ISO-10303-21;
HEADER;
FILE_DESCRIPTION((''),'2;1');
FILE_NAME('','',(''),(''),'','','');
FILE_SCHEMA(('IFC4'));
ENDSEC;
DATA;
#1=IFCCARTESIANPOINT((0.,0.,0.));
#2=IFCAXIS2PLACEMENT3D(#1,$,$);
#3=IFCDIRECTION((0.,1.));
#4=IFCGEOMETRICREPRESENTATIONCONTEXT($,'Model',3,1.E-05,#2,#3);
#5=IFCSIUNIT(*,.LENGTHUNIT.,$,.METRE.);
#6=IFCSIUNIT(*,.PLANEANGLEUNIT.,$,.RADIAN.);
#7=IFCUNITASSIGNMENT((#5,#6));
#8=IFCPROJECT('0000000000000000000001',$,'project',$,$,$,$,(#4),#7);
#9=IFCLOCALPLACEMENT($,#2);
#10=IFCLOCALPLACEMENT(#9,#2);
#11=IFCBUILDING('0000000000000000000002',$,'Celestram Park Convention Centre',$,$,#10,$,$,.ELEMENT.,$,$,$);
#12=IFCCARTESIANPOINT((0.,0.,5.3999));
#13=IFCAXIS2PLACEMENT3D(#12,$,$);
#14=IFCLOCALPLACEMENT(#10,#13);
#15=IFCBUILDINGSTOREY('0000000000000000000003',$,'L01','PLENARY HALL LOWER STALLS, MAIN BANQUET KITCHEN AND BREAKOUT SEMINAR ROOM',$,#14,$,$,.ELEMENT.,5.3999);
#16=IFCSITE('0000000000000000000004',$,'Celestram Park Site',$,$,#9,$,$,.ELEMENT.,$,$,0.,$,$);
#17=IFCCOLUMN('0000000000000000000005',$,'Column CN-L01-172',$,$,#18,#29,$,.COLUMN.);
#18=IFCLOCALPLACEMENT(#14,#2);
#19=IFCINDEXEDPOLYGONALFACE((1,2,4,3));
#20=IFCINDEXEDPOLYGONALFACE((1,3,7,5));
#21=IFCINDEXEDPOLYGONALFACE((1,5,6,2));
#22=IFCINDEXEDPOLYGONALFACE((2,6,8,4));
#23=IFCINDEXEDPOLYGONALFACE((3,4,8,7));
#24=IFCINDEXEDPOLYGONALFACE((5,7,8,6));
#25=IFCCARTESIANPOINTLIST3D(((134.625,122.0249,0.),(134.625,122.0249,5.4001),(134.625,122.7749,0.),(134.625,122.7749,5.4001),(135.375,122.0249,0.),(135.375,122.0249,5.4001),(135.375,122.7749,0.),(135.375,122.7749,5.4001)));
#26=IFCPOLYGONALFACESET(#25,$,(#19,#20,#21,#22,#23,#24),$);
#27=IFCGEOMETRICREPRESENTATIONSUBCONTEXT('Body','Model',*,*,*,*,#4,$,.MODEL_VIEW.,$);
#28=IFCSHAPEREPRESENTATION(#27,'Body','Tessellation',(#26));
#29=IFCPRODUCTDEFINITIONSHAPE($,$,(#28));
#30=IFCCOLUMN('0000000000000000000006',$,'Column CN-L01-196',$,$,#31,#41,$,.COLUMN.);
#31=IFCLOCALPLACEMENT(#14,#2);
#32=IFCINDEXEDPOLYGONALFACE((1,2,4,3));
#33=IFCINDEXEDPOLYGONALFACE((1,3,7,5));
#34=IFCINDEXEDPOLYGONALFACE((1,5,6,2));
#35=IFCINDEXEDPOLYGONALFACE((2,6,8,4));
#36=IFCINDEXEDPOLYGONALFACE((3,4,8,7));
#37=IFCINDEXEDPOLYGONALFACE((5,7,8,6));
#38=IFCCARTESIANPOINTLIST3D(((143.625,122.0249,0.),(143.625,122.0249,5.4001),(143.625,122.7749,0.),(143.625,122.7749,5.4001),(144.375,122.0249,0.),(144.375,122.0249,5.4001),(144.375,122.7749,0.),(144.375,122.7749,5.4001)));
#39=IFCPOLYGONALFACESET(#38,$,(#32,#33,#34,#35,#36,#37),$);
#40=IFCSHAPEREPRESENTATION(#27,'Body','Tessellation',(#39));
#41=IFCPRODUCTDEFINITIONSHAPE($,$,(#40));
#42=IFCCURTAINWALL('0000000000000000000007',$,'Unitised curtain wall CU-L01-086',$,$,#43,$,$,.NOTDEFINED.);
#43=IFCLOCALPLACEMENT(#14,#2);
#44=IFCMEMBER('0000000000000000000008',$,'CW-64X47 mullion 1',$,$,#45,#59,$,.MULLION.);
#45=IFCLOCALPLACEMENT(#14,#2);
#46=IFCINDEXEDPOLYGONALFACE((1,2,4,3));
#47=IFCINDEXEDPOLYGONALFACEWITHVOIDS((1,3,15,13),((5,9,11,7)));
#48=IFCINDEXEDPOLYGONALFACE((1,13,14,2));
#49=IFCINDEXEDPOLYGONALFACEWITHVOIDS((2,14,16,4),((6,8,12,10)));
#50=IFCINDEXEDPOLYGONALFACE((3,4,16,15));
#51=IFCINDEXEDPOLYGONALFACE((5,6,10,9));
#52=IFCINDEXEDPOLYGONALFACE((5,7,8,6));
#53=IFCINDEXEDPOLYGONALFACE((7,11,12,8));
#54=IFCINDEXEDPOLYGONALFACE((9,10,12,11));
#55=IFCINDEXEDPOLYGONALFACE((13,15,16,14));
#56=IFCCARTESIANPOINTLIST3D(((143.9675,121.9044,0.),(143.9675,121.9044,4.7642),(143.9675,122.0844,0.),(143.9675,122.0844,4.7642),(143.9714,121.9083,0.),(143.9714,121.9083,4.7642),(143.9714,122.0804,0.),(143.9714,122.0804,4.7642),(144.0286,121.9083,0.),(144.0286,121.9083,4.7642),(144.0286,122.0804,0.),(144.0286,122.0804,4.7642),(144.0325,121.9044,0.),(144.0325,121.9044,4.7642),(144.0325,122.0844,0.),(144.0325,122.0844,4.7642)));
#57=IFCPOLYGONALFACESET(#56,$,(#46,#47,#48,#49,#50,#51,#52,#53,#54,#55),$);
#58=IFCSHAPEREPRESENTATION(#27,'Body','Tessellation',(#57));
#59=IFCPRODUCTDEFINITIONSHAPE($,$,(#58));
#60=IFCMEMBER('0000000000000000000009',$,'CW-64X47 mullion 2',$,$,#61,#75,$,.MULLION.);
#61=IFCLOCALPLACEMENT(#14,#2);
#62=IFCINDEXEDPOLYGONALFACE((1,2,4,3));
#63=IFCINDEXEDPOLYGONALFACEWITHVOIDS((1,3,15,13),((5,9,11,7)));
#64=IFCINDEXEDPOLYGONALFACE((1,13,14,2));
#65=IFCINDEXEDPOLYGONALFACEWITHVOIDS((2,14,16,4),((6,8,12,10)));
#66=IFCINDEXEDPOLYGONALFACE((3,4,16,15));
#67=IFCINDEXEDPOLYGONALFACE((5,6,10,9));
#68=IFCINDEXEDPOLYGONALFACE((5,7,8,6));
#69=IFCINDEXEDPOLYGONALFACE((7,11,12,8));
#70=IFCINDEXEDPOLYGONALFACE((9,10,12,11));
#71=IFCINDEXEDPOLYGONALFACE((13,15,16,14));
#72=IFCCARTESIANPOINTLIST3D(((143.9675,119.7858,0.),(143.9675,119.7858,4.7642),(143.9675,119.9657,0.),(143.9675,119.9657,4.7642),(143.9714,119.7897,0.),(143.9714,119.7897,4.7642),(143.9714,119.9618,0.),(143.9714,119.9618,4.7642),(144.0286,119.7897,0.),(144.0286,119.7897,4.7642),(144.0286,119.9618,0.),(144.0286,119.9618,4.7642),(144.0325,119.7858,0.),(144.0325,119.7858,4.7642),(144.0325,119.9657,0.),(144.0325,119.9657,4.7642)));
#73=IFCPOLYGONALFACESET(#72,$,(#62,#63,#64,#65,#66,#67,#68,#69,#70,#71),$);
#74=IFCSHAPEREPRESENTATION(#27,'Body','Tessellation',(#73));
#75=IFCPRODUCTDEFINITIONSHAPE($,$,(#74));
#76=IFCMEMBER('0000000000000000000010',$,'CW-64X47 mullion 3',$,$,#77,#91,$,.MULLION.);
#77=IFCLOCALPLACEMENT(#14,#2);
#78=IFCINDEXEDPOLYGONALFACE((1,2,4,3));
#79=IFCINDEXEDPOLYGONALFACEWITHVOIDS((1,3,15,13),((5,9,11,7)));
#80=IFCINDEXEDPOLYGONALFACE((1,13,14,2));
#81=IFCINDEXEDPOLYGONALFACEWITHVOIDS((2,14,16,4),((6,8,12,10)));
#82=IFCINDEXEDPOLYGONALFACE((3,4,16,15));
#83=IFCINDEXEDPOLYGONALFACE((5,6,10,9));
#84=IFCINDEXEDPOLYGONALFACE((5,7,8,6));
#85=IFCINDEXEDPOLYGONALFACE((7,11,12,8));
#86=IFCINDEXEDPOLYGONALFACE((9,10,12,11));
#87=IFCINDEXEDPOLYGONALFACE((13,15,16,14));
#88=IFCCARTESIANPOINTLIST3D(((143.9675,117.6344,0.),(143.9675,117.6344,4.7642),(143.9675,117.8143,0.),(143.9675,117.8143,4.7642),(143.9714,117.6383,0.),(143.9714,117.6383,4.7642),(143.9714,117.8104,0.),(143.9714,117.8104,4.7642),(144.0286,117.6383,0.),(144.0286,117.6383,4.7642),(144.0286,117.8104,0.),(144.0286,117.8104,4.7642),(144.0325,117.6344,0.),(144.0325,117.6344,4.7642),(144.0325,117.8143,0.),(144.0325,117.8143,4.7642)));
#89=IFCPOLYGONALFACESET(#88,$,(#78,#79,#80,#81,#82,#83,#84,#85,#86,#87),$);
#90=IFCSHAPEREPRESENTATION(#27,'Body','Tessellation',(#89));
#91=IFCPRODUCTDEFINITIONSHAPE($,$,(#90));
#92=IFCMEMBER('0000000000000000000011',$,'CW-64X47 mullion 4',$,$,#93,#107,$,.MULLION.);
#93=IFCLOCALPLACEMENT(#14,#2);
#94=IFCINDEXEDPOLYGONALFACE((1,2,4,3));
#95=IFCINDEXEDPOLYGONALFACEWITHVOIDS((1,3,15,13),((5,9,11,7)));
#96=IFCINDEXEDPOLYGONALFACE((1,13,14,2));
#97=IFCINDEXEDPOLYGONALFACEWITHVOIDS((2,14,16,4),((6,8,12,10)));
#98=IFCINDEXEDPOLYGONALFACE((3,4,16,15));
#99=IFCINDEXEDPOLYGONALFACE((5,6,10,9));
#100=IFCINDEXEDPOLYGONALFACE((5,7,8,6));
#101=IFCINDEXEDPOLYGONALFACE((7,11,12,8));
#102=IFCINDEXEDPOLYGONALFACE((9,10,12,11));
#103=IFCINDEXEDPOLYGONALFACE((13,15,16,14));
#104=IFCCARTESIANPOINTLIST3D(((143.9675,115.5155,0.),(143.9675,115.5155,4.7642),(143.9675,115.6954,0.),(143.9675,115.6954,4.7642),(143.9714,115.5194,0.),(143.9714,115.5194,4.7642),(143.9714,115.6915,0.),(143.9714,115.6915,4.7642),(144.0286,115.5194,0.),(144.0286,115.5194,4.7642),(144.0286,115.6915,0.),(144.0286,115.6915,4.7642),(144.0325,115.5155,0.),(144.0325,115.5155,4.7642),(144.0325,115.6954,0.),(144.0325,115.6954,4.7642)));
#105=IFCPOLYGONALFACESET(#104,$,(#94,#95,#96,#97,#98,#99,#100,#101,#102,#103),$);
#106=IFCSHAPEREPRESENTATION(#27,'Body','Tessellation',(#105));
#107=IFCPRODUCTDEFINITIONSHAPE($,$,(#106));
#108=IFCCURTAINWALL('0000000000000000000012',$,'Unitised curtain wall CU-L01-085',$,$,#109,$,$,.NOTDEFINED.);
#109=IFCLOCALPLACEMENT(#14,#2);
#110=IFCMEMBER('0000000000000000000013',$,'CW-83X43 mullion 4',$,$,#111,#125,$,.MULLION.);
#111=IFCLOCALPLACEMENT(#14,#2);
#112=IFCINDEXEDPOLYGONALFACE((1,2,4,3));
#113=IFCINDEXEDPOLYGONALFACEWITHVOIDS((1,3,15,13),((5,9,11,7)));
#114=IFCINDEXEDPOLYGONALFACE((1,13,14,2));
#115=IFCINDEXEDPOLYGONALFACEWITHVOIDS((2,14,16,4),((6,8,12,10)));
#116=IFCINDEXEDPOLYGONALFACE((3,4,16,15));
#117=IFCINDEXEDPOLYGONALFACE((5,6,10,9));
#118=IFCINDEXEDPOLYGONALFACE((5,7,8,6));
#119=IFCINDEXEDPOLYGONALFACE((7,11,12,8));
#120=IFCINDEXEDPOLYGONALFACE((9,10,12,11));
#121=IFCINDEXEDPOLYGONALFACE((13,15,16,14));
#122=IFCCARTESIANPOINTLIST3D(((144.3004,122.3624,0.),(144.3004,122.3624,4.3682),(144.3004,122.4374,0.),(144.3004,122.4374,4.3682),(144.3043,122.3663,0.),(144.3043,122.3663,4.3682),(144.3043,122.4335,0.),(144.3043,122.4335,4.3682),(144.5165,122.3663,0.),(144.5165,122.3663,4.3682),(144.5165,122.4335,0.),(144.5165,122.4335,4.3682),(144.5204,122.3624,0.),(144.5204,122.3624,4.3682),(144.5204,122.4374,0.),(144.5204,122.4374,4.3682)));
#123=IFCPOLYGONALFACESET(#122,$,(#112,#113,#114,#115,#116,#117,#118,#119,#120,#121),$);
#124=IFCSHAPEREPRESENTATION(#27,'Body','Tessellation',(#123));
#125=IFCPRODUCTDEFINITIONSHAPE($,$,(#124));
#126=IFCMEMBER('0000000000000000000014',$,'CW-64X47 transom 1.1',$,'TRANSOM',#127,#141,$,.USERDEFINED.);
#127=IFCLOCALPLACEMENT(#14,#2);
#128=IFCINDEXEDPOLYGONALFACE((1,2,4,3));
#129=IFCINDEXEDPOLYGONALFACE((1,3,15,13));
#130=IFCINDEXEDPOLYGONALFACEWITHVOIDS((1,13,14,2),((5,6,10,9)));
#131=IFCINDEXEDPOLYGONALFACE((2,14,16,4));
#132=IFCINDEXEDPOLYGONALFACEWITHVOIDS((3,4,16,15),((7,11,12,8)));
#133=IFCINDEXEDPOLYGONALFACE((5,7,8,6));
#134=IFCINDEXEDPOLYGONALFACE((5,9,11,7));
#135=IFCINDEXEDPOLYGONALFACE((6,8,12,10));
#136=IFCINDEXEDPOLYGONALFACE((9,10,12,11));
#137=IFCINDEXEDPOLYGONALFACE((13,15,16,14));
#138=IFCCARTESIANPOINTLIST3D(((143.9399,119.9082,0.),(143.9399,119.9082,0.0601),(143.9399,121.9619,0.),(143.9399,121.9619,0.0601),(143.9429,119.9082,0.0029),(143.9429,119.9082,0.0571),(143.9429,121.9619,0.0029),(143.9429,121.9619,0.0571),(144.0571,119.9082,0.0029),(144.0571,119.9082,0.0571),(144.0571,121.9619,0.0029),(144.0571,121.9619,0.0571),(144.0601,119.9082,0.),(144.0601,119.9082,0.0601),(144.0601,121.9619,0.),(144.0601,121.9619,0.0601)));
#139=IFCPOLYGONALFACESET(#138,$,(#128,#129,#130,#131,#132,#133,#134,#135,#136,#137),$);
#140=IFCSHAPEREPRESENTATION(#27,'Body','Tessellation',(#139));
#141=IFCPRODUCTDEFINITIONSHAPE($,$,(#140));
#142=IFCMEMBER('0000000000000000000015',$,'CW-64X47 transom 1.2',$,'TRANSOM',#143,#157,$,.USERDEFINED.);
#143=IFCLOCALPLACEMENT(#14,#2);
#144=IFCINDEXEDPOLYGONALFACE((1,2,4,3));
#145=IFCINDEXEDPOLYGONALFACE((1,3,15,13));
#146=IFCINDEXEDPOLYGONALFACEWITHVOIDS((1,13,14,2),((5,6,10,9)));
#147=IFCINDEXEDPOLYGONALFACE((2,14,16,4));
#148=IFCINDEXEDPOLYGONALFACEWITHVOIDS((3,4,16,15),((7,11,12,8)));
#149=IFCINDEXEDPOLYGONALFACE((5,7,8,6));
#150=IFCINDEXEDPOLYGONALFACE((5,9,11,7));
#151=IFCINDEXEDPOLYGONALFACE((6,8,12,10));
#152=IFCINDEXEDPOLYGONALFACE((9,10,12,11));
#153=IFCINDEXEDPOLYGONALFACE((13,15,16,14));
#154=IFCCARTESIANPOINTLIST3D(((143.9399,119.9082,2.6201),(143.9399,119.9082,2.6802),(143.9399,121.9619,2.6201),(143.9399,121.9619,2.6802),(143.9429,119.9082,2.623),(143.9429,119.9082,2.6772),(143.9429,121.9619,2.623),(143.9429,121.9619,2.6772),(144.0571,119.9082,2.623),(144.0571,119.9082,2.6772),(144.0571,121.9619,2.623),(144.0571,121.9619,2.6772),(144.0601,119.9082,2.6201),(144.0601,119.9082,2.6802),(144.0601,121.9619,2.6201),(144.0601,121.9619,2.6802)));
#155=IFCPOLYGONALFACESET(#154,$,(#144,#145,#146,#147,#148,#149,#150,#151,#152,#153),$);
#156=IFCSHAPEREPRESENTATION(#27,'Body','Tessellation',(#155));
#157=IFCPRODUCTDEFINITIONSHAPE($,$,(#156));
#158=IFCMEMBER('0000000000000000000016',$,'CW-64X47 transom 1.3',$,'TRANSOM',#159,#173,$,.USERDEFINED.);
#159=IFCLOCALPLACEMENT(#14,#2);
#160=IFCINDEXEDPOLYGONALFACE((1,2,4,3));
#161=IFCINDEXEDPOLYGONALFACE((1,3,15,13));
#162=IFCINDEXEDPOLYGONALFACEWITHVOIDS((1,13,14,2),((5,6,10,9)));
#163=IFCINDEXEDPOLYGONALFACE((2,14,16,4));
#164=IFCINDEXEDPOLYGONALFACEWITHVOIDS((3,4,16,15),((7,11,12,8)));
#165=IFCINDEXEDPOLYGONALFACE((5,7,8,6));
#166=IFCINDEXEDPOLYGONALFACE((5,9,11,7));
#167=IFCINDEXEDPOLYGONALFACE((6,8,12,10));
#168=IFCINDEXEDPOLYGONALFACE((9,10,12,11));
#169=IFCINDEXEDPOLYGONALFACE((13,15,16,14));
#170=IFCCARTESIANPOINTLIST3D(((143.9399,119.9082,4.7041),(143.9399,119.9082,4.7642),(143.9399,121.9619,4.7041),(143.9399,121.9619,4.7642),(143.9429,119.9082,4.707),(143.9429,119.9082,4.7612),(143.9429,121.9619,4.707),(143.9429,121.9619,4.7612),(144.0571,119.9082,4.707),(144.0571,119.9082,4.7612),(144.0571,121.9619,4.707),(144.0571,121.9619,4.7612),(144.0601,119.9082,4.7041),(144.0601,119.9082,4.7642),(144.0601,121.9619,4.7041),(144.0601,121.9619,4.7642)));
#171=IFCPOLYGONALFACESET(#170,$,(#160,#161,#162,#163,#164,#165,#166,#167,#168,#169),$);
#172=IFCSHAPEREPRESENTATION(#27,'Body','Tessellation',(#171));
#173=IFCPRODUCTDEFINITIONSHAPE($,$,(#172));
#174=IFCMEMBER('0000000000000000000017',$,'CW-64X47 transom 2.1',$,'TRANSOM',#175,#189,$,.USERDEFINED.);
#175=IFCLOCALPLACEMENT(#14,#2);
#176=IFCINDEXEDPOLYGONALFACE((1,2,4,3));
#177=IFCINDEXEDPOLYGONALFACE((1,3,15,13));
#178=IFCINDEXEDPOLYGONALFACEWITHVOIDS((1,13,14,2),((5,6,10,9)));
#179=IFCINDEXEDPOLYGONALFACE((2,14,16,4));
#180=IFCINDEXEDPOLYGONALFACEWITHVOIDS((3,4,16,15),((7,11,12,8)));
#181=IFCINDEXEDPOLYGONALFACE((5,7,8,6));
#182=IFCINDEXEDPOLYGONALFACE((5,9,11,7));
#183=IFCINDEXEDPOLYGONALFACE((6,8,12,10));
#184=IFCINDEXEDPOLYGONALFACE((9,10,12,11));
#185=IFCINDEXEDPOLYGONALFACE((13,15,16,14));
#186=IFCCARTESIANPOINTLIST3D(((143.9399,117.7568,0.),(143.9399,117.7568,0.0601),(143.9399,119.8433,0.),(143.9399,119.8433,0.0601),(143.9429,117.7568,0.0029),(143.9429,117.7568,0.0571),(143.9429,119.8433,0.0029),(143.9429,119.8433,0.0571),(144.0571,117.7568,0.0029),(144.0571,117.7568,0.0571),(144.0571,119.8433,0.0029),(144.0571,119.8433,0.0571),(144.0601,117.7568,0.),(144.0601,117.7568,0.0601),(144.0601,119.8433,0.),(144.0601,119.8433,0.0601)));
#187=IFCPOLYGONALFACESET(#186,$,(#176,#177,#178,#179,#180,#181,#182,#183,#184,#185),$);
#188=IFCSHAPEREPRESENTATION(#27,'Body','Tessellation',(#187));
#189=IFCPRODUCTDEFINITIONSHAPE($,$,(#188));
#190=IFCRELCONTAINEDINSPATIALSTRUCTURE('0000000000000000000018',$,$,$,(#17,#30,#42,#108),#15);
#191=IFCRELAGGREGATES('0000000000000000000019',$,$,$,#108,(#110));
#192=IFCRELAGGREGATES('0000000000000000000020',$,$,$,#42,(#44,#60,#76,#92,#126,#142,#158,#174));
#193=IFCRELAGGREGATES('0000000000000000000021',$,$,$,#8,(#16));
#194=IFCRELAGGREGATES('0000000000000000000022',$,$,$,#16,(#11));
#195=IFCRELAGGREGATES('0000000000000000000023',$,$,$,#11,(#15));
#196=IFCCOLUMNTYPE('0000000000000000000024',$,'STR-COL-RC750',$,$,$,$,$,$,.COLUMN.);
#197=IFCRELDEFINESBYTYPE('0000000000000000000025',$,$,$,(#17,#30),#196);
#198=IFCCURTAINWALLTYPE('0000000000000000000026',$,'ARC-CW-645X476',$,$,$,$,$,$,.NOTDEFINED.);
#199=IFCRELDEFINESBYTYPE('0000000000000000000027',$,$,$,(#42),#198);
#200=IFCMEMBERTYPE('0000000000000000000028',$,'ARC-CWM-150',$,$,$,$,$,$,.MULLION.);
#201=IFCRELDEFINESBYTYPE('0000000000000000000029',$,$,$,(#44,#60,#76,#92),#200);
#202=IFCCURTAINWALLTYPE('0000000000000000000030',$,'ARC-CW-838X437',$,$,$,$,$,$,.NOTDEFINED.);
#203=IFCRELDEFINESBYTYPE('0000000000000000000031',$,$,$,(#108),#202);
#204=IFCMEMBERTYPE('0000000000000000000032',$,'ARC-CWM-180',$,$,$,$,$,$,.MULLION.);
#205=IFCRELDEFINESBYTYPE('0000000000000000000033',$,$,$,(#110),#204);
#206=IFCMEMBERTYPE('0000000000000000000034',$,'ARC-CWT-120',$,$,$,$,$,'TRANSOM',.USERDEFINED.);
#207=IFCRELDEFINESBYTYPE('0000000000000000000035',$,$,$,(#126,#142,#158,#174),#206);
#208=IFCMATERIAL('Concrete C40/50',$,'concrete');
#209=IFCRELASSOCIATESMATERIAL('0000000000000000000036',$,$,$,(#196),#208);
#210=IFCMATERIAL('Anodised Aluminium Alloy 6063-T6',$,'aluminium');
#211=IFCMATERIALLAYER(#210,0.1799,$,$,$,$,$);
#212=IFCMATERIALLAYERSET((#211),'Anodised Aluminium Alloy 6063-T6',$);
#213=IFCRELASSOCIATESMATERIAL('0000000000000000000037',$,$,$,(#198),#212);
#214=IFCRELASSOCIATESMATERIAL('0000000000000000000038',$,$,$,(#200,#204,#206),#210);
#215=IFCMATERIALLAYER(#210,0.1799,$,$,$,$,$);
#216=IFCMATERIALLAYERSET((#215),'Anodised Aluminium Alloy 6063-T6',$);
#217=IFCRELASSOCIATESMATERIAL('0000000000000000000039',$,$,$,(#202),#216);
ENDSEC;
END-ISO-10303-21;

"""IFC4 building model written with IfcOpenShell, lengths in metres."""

from ifc_helpers import new_model, si_unit, direction, frame, origin, origin_2d, place, context, subcontext, project, spatial, rectangle, hollow_rectangle, extrude, material, layer, layer_set, material_profile, profile_set, type_object, element, aggregate, save


model = new_model("IFC4")

# Units and contexts
model_context = context("Model", 3, precision=1e-05, world=origin(), true_north=direction((0.0, 1.0)))
body_context = subcontext(model_context, "Body", "Model", "MODEL_VIEW")
ifc_project = project(units=[si_unit("LENGTHUNIT", "METRE"), si_unit("PLANEANGLEUNIT", "RADIAN")], contexts=[model_context])

# Site, building, storey
site_placement = place(None, origin())
site = spatial("IfcSite", under=ifc_project, at=site_placement, Name="Celestram Park Site", CompositionType="ELEMENT", RefElevation=0.0)
building_placement = place(site_placement, origin())
building = spatial("IfcBuilding", under=site, at=building_placement, Name="Celestram Park Convention Centre", CompositionType="ELEMENT")
storey_placement = place(building_placement, frame((0.0, 0.0, 5.3999)))
storey = spatial("IfcBuildingStorey", under=building, at=storey_placement, Name="L01", Description="PLENARY HALL LOWER STALLS, MAIN BANQUET KITCHEN AND BREAKOUT SEMINAR ROOM", CompositionType="ELEMENT", Elevation=5.3999)

# Columns
ifc_material_1 = material(Name="Concrete C40/50", Category="concrete")
ifc_material_profile_1 = material_profile(ifc_material_1, rectangle(XDim=0.75, YDim=0.75, at=origin_2d()), Name="RC750X750")
ifc_profile_set_1 = profile_set([ifc_material_profile_1], Name="Concrete C40/50")
column_type = type_object("IfcColumnType", Name="STR-COL-RC750", PredefinedType="COLUMN", material=ifc_profile_set_1)
for number, where, z_axis, x_axis, name in (
    (1, (135.0, 122.3999, 0.0), (0.0, 0.0, 1.0), (1.0, 0.0, 0.0), "Column CN-L01-172"),
    (2, (144.0, 122.3999, 0.0), (0.0, 0.0, 1.0), (1.0, 0.0, 0.0), "Column CN-L01-196"),
):
    element("IfcColumn", number, at=place(storey_placement, frame(where, z_axis=z_axis, x_axis=x_axis)), inside=storey, type_object=column_type, Name=name, PredefinedType="COLUMN", context=body_context, shape_type="SweptSolid", body=[
        extrude(rectangle(XDim=0.75, YDim=0.75, at=origin_2d()), origin(), (0.0, 0.0, 1.0), 5.4001),
    ])

# Curtain wall, members
ifc_material_2 = material(Name="Anodised Aluminium Alloy 6063-T6", Category="aluminium")
ifc_layer_1 = layer(ifc_material_2, 0.1799)
ifc_layer_set_1 = layer_set([ifc_layer_1], Name="Anodised Aluminium Alloy 6063-T6")
curtain_wall_type_1 = type_object("IfcCurtainWallType", Name="ARC-CW-645X476", PredefinedType="NOTDEFINED", material=ifc_layer_set_1)
curtain_wall_1_placement = place(storey_placement, origin())
curtain_wall_1 = element("IfcCurtainWall", 3, at=curtain_wall_1_placement, inside=storey, type_object=curtain_wall_type_1, Name="Unitised curtain wall CU-L01-086", PredefinedType="NOTDEFINED")
ifc_material_profile_2 = material_profile(ifc_material_2, hollow_rectangle(XDim=0.0649, YDim=0.1799, WallThickness=0.0039, at=origin_2d()), Name="ALU65X180X4")
ifc_profile_set_2 = profile_set([ifc_material_profile_2], Name="Anodised Aluminium Alloy 6063-T6")
member_type_1 = type_object("IfcMemberType", Name="ARC-CWM-150", PredefinedType="MULLION", material=ifc_profile_set_2)
member_1_placement = place(storey_placement, frame((144.0, 121.9944, 0.0), z_axis=(0.0, 0.0, 1.0), x_axis=(1.0, 0.0, 0.0)))
member_1 = element("IfcMember", 4, at=member_1_placement, type_object=member_type_1, Name="CW-64X47 mullion 1", PredefinedType="MULLION", context=body_context, shape_type="SweptSolid", body=[
    extrude(hollow_rectangle(XDim=0.0649, YDim=0.1799, WallThickness=0.0039, at=origin_2d()), origin(), (0.0, 0.0, 1.0), 4.7642),
])
member_2_placement = place(storey_placement, frame((144.0, 119.8757, 0.0), z_axis=(0.0, 0.0, 1.0), x_axis=(1.0, 0.0, 0.0)))
member_2 = element("IfcMember", 5, at=member_2_placement, type_object=member_type_1, Name="CW-64X47 mullion 2", PredefinedType="MULLION", context=body_context, shape_type="SweptSolid", body=[
    extrude(hollow_rectangle(XDim=0.0649, YDim=0.1799, WallThickness=0.0039, at=origin_2d()), origin(), (0.0, 0.0, 1.0), 4.7642),
])
member_3_placement = place(storey_placement, frame((144.0, 117.7244, 0.0), z_axis=(0.0, 0.0, 1.0), x_axis=(1.0, 0.0, 0.0)))
member_3 = element("IfcMember", 6, at=member_3_placement, type_object=member_type_1, Name="CW-64X47 mullion 3", PredefinedType="MULLION", context=body_context, shape_type="SweptSolid", body=[
    extrude(hollow_rectangle(XDim=0.0649, YDim=0.1799, WallThickness=0.0039, at=origin_2d()), origin(), (0.0, 0.0, 1.0), 4.7642),
])
member_4_placement = place(storey_placement, frame((144.0, 115.6055, 0.0), z_axis=(0.0, 0.0, 1.0), x_axis=(1.0, 0.0, 0.0)))
member_4 = element("IfcMember", 7, at=member_4_placement, type_object=member_type_1, Name="CW-64X47 mullion 4", PredefinedType="MULLION", context=body_context, shape_type="SweptSolid", body=[
    extrude(hollow_rectangle(XDim=0.0649, YDim=0.1799, WallThickness=0.0039, at=origin_2d()), origin(), (0.0, 0.0, 1.0), 4.7642),
])

# Curtain wall, member
ifc_layer_2 = layer(ifc_material_2, 0.1799)
ifc_layer_set_2 = layer_set([ifc_layer_2], Name="Anodised Aluminium Alloy 6063-T6")
curtain_wall_type_2 = type_object("IfcCurtainWallType", Name="ARC-CW-838X437", PredefinedType="NOTDEFINED", material=ifc_layer_set_2)
curtain_wall_2_placement = place(storey_placement, origin())
curtain_wall_2 = element("IfcCurtainWall", 8, at=curtain_wall_2_placement, inside=storey, type_object=curtain_wall_type_2, Name="Unitised curtain wall CU-L01-085", PredefinedType="NOTDEFINED")
ifc_material_profile_3 = material_profile(ifc_material_2, hollow_rectangle(XDim=0.075, YDim=0.22, WallThickness=0.0039, at=origin_2d()), Name="ALU75X220X4")
ifc_profile_set_3 = profile_set([ifc_material_profile_3], Name="Anodised Aluminium Alloy 6063-T6")
member_type_2 = type_object("IfcMemberType", Name="ARC-CWM-180", PredefinedType="MULLION", material=ifc_profile_set_3)
member_5_placement = place(storey_placement, frame((144.4104, 122.3999, 0.0), z_axis=(0.0, 0.0, 1.0), x_axis=(0.0, -1.0, 0.0)))
member_5 = element("IfcMember", 9, at=member_5_placement, type_object=member_type_2, Name="CW-83X43 mullion 4", PredefinedType="MULLION", context=body_context, shape_type="SweptSolid", body=[
    extrude(hollow_rectangle(XDim=0.075, YDim=0.22, WallThickness=0.0039, at=origin_2d()), origin(), (0.0, 0.0, 1.0), 4.3682),
])
aggregate(curtain_wall_2, [member_5])

# Members
ifc_material_profile_4 = material_profile(ifc_material_2, hollow_rectangle(XDim=0.1201, YDim=0.0601, WallThickness=0.0029, at=origin_2d()), Name="ALU120X60X3")
ifc_profile_set_4 = profile_set([ifc_material_profile_4], Name="Anodised Aluminium Alloy 6063-T6")
member_type_3 = type_object("IfcMemberType", Name="ARC-CWT-120", ElementType="TRANSOM", PredefinedType="USERDEFINED", material=ifc_profile_set_4)
member_6_placement = place(storey_placement, frame((144.0, 121.9619, 0.03), z_axis=(0.0, -1.0, 0.0), x_axis=(1.0, 0.0, 0.0)))
member_6 = element("IfcMember", 10, at=member_6_placement, type_object=member_type_3, Name="CW-64X47 transom 1.1", ObjectType="TRANSOM", PredefinedType="USERDEFINED", context=body_context, shape_type="SweptSolid", body=[
    extrude(hollow_rectangle(XDim=0.1201, YDim=0.0601, WallThickness=0.0029, at=origin_2d()), origin(), (0.0, 0.0, 1.0), 2.0537),
])
member_7_placement = place(storey_placement, frame((144.0, 121.9619, 2.6501), z_axis=(0.0, -1.0, 0.0), x_axis=(1.0, 0.0, 0.0)))
member_7 = element("IfcMember", 11, at=member_7_placement, type_object=member_type_3, Name="CW-64X47 transom 1.2", ObjectType="TRANSOM", PredefinedType="USERDEFINED", context=body_context, shape_type="SweptSolid", body=[
    extrude(hollow_rectangle(XDim=0.1201, YDim=0.0601, WallThickness=0.0029, at=origin_2d()), origin(), (0.0, 0.0, 1.0), 2.0537),
])
member_8_placement = place(storey_placement, frame((144.0, 121.9619, 4.7341), z_axis=(0.0, -1.0, 0.0), x_axis=(1.0, 0.0, 0.0)))
member_8 = element("IfcMember", 12, at=member_8_placement, type_object=member_type_3, Name="CW-64X47 transom 1.3", ObjectType="TRANSOM", PredefinedType="USERDEFINED", context=body_context, shape_type="SweptSolid", body=[
    extrude(hollow_rectangle(XDim=0.1201, YDim=0.0601, WallThickness=0.0029, at=origin_2d()), origin(), (0.0, 0.0, 1.0), 2.0537),
])
member_9_placement = place(storey_placement, frame((144.0, 119.8433, 0.03), z_axis=(0.0, -1.0, 0.0), x_axis=(1.0, 0.0, 0.0)))
member_9 = element("IfcMember", 13, at=member_9_placement, type_object=member_type_3, Name="CW-64X47 transom 2.1", ObjectType="TRANSOM", PredefinedType="USERDEFINED", context=body_context, shape_type="SweptSolid", body=[
    extrude(hollow_rectangle(XDim=0.1201, YDim=0.0601, WallThickness=0.0029, at=origin_2d()), origin(), (0.0, 0.0, 1.0), 2.0864),
])

aggregate(curtain_wall_1, [member_1, member_2, member_3, member_4, member_6, member_7, member_8, member_9])

save(model, "model.ifc")
